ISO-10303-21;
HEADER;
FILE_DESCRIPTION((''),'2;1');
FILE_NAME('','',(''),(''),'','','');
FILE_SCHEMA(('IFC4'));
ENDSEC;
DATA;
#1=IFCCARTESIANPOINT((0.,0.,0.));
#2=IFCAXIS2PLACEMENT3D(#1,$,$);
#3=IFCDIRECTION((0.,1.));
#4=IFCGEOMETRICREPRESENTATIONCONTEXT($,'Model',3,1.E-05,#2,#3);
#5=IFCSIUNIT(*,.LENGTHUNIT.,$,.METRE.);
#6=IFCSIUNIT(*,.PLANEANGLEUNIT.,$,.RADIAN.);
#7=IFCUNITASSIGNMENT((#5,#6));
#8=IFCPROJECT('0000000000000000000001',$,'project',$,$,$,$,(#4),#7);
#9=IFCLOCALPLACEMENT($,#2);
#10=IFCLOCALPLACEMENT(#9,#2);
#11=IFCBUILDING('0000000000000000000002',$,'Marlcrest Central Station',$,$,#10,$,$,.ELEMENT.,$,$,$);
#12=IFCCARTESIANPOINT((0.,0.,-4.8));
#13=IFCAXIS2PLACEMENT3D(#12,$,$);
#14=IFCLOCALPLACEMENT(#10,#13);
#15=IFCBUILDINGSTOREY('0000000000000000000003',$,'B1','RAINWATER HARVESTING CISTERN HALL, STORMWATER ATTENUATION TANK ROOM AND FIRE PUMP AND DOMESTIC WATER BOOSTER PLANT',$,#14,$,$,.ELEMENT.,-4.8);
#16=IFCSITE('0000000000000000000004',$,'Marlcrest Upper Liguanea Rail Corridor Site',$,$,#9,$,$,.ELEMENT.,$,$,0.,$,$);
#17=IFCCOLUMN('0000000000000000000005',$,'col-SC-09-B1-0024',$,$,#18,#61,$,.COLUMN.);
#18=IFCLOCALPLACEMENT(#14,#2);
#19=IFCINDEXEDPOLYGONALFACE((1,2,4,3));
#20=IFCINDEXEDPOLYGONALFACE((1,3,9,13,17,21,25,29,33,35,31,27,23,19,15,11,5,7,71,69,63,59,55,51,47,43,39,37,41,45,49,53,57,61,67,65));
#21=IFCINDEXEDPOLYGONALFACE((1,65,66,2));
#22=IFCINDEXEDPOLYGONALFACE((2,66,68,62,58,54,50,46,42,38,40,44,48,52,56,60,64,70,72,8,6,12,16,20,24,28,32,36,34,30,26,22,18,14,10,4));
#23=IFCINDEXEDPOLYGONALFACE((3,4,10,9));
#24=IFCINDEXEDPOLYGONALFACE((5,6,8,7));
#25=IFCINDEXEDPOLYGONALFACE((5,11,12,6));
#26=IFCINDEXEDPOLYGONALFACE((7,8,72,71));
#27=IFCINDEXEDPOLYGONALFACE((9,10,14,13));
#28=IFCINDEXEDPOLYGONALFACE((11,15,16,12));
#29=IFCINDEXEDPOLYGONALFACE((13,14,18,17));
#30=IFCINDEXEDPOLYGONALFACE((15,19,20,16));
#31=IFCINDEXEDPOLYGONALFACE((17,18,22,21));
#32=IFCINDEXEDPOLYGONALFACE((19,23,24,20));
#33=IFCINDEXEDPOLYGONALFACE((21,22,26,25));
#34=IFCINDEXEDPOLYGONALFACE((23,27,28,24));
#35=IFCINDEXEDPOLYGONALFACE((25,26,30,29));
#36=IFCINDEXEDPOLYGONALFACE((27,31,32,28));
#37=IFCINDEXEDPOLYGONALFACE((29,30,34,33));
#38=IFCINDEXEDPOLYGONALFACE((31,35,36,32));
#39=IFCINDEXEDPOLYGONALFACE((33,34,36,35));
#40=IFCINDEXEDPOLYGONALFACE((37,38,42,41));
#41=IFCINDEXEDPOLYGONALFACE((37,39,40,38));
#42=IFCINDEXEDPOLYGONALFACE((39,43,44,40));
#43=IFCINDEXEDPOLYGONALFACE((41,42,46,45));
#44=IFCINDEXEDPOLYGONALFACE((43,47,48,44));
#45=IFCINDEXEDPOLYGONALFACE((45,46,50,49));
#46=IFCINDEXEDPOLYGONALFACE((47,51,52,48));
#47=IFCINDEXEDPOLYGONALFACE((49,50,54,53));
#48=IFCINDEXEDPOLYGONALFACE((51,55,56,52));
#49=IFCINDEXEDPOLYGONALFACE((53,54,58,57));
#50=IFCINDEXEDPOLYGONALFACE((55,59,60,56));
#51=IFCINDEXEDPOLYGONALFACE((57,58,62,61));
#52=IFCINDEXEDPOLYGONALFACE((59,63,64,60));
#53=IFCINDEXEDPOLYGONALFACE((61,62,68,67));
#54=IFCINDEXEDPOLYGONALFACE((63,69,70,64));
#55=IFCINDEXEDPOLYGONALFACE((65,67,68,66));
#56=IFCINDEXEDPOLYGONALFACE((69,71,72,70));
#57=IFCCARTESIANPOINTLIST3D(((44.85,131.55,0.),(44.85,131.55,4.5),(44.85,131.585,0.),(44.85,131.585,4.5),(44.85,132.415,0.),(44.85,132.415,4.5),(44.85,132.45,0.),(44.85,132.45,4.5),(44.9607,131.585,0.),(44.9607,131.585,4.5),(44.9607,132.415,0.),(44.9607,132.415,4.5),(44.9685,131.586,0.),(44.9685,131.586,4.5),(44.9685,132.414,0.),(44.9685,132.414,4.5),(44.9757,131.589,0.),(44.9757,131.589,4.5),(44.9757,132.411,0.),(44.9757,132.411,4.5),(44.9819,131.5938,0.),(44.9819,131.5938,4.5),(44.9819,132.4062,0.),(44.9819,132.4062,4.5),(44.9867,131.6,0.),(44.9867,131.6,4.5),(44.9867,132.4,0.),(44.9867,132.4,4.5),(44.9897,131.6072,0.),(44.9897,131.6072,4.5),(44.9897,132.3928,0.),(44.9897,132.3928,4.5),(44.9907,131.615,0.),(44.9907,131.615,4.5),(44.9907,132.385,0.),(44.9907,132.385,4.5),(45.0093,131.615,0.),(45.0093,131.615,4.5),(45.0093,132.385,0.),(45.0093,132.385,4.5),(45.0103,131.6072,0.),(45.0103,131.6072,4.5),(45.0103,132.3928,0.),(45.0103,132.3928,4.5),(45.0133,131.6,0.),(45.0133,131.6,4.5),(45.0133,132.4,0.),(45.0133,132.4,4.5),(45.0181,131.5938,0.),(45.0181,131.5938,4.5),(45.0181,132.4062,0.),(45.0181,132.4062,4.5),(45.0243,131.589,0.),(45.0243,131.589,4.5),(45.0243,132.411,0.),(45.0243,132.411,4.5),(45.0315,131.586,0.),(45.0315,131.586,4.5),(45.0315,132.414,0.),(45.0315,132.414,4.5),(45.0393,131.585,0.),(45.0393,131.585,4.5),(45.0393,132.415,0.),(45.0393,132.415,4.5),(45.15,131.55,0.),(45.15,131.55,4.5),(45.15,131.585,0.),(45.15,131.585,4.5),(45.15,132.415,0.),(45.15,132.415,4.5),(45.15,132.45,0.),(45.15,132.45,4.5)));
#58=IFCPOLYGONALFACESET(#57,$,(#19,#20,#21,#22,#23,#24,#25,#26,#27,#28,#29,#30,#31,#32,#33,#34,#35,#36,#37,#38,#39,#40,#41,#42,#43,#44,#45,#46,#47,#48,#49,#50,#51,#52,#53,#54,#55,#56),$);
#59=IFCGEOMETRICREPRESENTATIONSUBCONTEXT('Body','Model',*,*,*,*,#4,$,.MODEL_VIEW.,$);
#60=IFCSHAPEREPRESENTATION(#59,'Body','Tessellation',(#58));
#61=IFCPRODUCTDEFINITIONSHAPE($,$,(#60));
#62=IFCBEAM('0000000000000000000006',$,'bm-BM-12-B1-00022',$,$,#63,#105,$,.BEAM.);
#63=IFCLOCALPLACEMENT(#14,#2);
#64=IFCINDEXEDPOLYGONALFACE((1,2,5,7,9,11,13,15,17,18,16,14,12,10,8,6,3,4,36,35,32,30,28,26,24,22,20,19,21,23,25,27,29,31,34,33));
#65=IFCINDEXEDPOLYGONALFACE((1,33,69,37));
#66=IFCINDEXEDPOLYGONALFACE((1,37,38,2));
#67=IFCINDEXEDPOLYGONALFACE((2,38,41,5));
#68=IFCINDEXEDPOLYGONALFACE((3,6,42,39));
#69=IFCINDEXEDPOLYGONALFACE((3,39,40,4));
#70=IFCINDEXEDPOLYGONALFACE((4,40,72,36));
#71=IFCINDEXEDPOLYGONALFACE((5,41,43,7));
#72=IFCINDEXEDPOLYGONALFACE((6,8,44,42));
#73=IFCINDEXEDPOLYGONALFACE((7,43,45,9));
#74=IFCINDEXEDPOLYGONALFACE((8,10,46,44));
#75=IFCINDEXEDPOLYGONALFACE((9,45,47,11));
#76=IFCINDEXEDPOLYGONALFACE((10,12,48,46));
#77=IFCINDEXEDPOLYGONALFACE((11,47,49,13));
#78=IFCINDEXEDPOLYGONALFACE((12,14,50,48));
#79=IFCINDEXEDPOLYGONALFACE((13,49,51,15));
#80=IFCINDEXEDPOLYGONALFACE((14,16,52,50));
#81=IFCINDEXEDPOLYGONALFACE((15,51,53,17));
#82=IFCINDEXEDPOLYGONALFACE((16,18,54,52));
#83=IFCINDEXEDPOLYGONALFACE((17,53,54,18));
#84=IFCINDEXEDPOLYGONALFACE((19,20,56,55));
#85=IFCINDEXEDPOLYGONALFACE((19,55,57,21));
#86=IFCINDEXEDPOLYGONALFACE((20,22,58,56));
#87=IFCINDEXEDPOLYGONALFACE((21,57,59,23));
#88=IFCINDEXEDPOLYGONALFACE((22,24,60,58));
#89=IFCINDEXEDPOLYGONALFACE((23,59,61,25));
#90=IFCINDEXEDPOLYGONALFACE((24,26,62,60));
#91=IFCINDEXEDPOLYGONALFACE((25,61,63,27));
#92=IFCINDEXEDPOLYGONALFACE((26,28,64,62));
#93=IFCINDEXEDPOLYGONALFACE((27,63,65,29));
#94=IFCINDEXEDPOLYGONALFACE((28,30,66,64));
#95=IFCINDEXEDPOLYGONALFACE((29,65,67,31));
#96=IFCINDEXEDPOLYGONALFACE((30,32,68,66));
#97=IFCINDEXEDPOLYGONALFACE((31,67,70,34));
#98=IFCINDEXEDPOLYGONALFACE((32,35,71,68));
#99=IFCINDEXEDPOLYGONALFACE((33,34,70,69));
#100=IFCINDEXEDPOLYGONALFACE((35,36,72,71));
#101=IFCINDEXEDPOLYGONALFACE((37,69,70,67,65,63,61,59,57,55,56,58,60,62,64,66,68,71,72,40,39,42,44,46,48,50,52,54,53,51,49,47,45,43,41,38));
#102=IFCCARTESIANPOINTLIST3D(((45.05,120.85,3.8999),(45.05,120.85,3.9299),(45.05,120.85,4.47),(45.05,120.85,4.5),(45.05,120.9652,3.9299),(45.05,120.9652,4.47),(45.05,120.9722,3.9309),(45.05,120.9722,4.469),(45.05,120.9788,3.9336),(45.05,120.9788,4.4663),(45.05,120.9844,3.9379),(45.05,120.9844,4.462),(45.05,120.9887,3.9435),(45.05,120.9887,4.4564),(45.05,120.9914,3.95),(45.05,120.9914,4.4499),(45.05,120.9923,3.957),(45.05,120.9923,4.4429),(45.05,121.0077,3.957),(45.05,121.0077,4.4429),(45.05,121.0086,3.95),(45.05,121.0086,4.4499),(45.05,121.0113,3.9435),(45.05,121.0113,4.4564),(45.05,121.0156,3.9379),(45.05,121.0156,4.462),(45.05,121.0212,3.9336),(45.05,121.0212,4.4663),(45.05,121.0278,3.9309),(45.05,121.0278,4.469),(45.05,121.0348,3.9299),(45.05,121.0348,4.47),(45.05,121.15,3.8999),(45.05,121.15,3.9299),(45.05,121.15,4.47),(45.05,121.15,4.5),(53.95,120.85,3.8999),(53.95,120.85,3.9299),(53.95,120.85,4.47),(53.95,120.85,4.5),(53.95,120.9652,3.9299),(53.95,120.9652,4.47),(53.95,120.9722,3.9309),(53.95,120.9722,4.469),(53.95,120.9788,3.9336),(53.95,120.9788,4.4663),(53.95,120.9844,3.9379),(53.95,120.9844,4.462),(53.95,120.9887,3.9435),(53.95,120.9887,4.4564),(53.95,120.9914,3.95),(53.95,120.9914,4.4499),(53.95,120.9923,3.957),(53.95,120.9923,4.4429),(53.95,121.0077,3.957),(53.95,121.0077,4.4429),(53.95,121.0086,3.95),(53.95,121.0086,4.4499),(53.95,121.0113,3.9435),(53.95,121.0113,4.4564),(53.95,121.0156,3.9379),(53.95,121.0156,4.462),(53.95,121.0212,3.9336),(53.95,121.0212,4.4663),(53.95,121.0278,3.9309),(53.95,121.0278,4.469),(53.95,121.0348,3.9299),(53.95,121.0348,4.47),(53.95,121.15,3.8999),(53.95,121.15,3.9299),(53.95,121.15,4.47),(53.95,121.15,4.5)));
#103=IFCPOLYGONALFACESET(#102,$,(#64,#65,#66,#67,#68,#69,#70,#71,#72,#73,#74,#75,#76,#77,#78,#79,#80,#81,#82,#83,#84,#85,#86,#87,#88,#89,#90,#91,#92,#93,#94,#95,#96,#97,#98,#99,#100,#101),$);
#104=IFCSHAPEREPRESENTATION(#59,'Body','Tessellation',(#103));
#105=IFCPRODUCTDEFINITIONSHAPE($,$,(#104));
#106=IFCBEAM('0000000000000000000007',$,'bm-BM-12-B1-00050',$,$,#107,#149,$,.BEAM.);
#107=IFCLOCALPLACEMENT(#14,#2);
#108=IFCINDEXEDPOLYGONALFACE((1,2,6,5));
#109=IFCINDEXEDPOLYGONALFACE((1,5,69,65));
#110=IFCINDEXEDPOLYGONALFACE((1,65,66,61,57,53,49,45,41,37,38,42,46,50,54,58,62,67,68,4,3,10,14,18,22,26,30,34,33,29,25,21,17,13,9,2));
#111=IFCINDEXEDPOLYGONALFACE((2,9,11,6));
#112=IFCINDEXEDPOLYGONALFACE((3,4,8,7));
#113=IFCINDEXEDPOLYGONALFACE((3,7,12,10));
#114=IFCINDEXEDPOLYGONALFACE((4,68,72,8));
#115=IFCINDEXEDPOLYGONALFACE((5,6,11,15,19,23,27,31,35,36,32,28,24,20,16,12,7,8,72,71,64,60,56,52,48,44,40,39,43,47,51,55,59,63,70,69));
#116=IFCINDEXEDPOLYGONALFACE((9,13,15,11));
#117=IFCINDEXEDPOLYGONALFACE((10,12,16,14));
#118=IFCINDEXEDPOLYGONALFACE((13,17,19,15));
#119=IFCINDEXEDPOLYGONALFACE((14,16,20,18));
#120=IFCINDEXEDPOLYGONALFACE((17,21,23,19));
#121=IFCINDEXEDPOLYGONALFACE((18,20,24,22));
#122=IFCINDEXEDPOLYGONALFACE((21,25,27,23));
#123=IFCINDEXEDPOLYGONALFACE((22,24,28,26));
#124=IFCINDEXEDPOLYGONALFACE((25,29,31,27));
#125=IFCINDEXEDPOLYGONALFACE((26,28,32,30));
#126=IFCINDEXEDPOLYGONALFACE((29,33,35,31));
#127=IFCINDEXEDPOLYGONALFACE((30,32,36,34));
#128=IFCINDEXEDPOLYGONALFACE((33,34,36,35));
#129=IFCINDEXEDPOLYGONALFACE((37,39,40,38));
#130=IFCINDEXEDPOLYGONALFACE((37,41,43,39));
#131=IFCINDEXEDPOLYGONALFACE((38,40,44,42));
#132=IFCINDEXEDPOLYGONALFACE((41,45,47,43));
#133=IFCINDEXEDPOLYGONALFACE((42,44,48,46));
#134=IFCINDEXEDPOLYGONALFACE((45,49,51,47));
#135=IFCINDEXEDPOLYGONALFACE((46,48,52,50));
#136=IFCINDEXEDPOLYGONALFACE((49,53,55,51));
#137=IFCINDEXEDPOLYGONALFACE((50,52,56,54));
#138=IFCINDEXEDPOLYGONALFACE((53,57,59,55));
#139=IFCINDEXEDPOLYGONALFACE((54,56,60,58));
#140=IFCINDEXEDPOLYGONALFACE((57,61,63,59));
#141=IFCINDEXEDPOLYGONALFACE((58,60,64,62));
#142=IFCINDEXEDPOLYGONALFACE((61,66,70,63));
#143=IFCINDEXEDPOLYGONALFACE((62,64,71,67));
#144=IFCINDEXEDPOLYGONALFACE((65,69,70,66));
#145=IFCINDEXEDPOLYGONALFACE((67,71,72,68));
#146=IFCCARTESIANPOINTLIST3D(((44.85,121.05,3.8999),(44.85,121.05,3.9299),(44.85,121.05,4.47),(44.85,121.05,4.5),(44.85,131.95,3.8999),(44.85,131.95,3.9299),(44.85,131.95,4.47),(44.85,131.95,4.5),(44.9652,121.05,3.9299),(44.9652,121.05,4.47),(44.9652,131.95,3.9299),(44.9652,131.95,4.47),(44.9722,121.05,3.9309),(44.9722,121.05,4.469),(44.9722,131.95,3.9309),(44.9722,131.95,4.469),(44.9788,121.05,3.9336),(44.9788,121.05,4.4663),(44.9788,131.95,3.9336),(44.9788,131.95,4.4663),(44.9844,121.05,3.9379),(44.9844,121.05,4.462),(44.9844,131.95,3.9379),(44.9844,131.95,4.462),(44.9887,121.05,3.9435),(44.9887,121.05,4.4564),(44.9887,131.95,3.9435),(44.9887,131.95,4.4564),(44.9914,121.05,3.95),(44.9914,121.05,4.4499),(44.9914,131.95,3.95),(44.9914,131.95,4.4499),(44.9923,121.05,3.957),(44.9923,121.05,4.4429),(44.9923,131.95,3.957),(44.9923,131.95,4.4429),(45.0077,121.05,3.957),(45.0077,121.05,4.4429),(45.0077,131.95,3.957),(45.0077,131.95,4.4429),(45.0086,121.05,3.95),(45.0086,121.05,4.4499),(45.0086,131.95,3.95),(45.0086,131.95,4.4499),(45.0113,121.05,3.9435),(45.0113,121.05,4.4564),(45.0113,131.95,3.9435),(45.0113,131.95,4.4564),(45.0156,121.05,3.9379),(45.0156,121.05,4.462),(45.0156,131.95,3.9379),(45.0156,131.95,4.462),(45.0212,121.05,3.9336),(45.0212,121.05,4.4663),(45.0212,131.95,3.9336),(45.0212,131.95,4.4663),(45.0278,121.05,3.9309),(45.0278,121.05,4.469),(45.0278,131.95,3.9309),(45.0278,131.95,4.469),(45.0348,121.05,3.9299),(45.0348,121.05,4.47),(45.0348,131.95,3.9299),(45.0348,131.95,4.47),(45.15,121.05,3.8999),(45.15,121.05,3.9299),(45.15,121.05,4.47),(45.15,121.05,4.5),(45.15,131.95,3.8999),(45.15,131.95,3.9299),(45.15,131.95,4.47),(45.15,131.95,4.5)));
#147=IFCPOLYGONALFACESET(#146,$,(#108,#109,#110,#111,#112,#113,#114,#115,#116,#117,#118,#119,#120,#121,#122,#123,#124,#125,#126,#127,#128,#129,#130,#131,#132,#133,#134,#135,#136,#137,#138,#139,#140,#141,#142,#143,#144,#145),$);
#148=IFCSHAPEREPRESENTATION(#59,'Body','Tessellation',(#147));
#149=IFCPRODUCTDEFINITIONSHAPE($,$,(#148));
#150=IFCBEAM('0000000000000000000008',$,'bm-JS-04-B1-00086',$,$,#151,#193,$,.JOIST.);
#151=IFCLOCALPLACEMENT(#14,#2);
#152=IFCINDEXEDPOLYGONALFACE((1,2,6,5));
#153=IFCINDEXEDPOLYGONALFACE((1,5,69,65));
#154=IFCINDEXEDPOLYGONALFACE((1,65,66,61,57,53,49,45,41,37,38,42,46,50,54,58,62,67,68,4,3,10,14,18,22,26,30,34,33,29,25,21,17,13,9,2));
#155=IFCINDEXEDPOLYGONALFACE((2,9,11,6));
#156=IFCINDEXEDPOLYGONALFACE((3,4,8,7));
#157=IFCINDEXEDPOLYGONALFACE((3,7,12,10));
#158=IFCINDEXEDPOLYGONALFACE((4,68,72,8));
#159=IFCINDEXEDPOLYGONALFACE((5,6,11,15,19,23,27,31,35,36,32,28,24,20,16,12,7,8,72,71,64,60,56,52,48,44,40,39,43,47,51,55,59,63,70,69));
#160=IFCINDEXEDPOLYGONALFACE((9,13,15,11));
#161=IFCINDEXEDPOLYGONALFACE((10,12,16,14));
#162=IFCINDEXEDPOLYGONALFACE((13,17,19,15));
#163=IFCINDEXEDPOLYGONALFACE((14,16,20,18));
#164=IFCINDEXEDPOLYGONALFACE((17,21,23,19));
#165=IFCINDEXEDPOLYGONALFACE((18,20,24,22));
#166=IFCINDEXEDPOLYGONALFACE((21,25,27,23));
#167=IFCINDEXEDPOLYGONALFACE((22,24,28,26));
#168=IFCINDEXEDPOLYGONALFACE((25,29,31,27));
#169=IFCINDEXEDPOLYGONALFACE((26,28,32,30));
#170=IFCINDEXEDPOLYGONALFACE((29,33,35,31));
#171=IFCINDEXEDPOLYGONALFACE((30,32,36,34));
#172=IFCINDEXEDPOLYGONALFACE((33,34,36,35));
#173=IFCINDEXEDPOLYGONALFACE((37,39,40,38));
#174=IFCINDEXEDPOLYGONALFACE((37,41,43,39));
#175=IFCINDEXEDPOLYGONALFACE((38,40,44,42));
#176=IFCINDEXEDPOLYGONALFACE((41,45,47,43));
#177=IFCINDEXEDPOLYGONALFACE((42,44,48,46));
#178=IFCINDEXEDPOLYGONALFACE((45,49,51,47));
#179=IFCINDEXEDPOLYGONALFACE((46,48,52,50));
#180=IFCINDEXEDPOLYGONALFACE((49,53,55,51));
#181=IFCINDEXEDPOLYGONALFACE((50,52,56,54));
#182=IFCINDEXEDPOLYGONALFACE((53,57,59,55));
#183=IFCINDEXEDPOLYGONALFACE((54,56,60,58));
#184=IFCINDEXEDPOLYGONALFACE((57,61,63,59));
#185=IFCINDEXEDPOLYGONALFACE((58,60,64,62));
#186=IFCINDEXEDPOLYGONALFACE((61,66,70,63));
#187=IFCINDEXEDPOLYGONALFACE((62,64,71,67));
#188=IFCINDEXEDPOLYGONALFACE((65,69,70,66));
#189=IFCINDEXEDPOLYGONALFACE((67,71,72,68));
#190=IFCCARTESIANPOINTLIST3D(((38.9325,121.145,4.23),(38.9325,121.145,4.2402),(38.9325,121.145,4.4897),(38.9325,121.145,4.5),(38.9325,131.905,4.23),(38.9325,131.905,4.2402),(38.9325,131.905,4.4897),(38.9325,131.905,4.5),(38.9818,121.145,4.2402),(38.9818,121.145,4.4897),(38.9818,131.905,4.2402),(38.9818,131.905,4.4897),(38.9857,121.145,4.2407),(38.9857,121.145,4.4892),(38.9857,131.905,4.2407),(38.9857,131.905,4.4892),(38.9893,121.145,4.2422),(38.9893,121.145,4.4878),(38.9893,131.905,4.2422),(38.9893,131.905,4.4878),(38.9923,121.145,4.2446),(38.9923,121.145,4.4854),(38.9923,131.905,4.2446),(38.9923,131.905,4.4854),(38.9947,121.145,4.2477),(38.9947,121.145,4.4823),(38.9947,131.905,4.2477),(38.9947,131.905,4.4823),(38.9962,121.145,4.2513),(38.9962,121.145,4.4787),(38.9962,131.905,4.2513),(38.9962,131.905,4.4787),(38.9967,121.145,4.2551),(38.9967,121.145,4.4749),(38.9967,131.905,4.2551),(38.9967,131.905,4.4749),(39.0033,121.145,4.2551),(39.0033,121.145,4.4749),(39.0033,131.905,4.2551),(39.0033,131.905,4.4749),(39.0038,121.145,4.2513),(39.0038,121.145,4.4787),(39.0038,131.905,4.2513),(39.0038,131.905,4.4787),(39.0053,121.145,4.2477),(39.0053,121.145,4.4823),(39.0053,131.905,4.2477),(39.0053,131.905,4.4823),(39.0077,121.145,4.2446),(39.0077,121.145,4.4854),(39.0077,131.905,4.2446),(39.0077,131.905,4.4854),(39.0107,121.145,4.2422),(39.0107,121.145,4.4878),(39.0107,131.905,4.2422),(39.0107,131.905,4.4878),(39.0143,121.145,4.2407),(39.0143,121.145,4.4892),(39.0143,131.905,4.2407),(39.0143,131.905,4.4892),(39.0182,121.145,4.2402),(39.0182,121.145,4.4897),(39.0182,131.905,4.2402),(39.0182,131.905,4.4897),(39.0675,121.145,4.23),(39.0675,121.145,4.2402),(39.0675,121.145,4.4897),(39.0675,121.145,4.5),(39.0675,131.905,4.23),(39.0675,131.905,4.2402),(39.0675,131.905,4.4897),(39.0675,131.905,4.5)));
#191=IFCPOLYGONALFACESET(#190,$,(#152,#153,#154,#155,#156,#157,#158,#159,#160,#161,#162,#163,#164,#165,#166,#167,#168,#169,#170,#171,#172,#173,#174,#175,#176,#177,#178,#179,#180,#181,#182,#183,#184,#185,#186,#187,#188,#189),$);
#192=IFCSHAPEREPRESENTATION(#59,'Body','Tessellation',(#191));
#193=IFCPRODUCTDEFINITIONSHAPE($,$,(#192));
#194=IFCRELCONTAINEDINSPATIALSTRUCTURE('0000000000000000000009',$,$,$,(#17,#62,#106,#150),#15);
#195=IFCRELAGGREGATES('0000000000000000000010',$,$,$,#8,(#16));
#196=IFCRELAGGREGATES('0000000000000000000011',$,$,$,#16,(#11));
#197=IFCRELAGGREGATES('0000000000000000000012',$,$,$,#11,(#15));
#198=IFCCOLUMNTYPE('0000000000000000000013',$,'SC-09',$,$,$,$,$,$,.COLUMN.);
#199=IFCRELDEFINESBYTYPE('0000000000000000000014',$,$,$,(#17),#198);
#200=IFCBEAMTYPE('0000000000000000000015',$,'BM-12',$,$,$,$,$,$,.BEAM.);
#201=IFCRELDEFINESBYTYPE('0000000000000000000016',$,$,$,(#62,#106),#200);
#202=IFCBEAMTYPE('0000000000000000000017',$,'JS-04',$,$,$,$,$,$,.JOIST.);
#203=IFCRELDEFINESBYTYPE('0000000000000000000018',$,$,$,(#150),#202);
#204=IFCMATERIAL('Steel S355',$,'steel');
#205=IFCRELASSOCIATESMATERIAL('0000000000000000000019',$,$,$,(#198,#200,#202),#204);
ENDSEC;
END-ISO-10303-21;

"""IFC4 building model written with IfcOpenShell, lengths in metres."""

from ifc_helpers import new_model, si_unit, direction, frame, origin, origin_2d, place, context, subcontext, project, spatial, i_section, extrude, material, material_profile, profile_set, type_object, element, save


model = new_model("IFC4")

# Units and contexts
model_context = context("Model", 3, precision=1e-05, world=origin(), true_north=direction((0.0, 1.0)))
body_context = subcontext(model_context, "Body", "Model", "MODEL_VIEW")
ifc_project = project(units=[si_unit("LENGTHUNIT", "METRE"), si_unit("PLANEANGLEUNIT", "RADIAN")], contexts=[model_context])

# Site, building, storey
site_placement = place(None, origin())
site = spatial("IfcSite", under=ifc_project, at=site_placement, Name="Marlcrest Upper Liguanea Rail Corridor Site", CompositionType="ELEMENT", RefElevation=0.0)
building_placement = place(site_placement, origin())
building = spatial("IfcBuilding", under=site, at=building_placement, Name="Marlcrest Central Station", CompositionType="ELEMENT")
storey_placement = place(building_placement, frame((0.0, 0.0, -4.8)))
storey = spatial("IfcBuildingStorey", under=building, at=storey_placement, Name="B1", Description="RAINWATER HARVESTING CISTERN HALL, STORMWATER ATTENUATION TANK ROOM AND FIRE PUMP AND DOMESTIC WATER BOOSTER PLANT", CompositionType="ELEMENT", Elevation=-4.8)

# Column
ifc_material_1 = material(Name="Steel S355", Category="steel")
ifc_material_profile_1 = material_profile(ifc_material_1, i_section(OverallWidth=0.3, OverallDepth=0.8999, WebThickness=0.0186, FlangeThickness=0.0349, FilletRadius=0.03, at=origin_2d()), Name="HEB 900")
ifc_profile_set_1 = profile_set([ifc_material_profile_1], Name="Steel S355")
column_type = type_object("IfcColumnType", Name="SC-09", PredefinedType="COLUMN", material=ifc_profile_set_1)
for number, where, z_axis, x_axis, name in (
    (1, (45.0, 132.0, 0.0), (0.0, 0.0, 1.0), (1.0, 0.0, 0.0), "col-SC-09-B1-0024"),
):
    element("IfcColumn", number, at=place(storey_placement, frame(where, z_axis=z_axis, x_axis=x_axis)), inside=storey, type_object=column_type, Name=name, PredefinedType="COLUMN", context=body_context, shape_type="SweptSolid", body=[
        extrude(i_section(OverallWidth=0.3, OverallDepth=0.8999, WebThickness=0.0186, FlangeThickness=0.0349, FilletRadius=0.03, at=origin_2d()), origin(), (0.0, 0.0, 1.0), 4.5),
    ])

# Beams
ifc_material_profile_2 = material_profile(ifc_material_1, i_section(OverallWidth=0.3, OverallDepth=0.6001, WebThickness=0.0154, FlangeThickness=0.03, FilletRadius=0.0271, at=origin_2d()), Name="HEB 600")
ifc_profile_set_2 = profile_set([ifc_material_profile_2], Name="Steel S355")
beam_type_1 = type_object("IfcBeamType", Name="BM-12", PredefinedType="BEAM", material=ifc_profile_set_2)
beam_1_placement = place(storey_placement, frame((45.05, 121.0, 4.2), z_axis=(1.0, 0.0, 0.0), x_axis=(0.0, 1.0, 0.0)))
element("IfcBeam", 2, at=beam_1_placement, inside=storey, type_object=beam_type_1, Name="bm-BM-12-B1-00022", PredefinedType="BEAM", context=body_context, shape_type="SweptSolid", body=[
    extrude(i_section(OverallWidth=0.3, OverallDepth=0.6001, WebThickness=0.0154, FlangeThickness=0.03, FilletRadius=0.0271, at=origin_2d()), origin(), (0.0, 0.0, 1.0), 8.8999),
])
beam_2_placement = place(storey_placement, frame((45.0, 121.05, 4.2), z_axis=(0.0, 1.0, 0.0), x_axis=(-1.0, 0.0, 0.0)))
element("IfcBeam", 3, at=beam_2_placement, inside=storey, type_object=beam_type_1, Name="bm-BM-12-B1-00050", PredefinedType="BEAM", context=body_context, shape_type="SweptSolid", body=[
    extrude(i_section(OverallWidth=0.3, OverallDepth=0.6001, WebThickness=0.0154, FlangeThickness=0.03, FilletRadius=0.0271, at=origin_2d()), origin(), (0.0, 0.0, 1.0), 10.8999),
])
ifc_material_profile_3 = material_profile(ifc_material_1, i_section(OverallWidth=0.135, OverallDepth=0.27, WebThickness=0.0066, FlangeThickness=0.0103, FilletRadius=0.0149, at=origin_2d()), Name="IPE 270")
ifc_profile_set_3 = profile_set([ifc_material_profile_3], Name="Steel S355")
beam_type_2 = type_object("IfcBeamType", Name="JS-04", PredefinedType="JOIST", material=ifc_profile_set_3)
for number, where, z_axis, x_axis, name in (
    (4, (39.0, 121.145, 4.365), (0.0, 1.0, 0.0), (-1.0, 0.0, 0.0), "bm-JS-04-B1-00086"),
):
    element("IfcBeam", number, at=place(storey_placement, frame(where, z_axis=z_axis, x_axis=x_axis)), inside=storey, type_object=beam_type_2, Name=name, PredefinedType="JOIST", context=body_context, shape_type="SweptSolid", body=[
        extrude(i_section(OverallWidth=0.135, OverallDepth=0.27, WebThickness=0.0066, FlangeThickness=0.0103, FilletRadius=0.0149, at=origin_2d()), origin(), (0.0, 0.0, 1.0), 10.76),
    ])

save(model, "model.ifc")
